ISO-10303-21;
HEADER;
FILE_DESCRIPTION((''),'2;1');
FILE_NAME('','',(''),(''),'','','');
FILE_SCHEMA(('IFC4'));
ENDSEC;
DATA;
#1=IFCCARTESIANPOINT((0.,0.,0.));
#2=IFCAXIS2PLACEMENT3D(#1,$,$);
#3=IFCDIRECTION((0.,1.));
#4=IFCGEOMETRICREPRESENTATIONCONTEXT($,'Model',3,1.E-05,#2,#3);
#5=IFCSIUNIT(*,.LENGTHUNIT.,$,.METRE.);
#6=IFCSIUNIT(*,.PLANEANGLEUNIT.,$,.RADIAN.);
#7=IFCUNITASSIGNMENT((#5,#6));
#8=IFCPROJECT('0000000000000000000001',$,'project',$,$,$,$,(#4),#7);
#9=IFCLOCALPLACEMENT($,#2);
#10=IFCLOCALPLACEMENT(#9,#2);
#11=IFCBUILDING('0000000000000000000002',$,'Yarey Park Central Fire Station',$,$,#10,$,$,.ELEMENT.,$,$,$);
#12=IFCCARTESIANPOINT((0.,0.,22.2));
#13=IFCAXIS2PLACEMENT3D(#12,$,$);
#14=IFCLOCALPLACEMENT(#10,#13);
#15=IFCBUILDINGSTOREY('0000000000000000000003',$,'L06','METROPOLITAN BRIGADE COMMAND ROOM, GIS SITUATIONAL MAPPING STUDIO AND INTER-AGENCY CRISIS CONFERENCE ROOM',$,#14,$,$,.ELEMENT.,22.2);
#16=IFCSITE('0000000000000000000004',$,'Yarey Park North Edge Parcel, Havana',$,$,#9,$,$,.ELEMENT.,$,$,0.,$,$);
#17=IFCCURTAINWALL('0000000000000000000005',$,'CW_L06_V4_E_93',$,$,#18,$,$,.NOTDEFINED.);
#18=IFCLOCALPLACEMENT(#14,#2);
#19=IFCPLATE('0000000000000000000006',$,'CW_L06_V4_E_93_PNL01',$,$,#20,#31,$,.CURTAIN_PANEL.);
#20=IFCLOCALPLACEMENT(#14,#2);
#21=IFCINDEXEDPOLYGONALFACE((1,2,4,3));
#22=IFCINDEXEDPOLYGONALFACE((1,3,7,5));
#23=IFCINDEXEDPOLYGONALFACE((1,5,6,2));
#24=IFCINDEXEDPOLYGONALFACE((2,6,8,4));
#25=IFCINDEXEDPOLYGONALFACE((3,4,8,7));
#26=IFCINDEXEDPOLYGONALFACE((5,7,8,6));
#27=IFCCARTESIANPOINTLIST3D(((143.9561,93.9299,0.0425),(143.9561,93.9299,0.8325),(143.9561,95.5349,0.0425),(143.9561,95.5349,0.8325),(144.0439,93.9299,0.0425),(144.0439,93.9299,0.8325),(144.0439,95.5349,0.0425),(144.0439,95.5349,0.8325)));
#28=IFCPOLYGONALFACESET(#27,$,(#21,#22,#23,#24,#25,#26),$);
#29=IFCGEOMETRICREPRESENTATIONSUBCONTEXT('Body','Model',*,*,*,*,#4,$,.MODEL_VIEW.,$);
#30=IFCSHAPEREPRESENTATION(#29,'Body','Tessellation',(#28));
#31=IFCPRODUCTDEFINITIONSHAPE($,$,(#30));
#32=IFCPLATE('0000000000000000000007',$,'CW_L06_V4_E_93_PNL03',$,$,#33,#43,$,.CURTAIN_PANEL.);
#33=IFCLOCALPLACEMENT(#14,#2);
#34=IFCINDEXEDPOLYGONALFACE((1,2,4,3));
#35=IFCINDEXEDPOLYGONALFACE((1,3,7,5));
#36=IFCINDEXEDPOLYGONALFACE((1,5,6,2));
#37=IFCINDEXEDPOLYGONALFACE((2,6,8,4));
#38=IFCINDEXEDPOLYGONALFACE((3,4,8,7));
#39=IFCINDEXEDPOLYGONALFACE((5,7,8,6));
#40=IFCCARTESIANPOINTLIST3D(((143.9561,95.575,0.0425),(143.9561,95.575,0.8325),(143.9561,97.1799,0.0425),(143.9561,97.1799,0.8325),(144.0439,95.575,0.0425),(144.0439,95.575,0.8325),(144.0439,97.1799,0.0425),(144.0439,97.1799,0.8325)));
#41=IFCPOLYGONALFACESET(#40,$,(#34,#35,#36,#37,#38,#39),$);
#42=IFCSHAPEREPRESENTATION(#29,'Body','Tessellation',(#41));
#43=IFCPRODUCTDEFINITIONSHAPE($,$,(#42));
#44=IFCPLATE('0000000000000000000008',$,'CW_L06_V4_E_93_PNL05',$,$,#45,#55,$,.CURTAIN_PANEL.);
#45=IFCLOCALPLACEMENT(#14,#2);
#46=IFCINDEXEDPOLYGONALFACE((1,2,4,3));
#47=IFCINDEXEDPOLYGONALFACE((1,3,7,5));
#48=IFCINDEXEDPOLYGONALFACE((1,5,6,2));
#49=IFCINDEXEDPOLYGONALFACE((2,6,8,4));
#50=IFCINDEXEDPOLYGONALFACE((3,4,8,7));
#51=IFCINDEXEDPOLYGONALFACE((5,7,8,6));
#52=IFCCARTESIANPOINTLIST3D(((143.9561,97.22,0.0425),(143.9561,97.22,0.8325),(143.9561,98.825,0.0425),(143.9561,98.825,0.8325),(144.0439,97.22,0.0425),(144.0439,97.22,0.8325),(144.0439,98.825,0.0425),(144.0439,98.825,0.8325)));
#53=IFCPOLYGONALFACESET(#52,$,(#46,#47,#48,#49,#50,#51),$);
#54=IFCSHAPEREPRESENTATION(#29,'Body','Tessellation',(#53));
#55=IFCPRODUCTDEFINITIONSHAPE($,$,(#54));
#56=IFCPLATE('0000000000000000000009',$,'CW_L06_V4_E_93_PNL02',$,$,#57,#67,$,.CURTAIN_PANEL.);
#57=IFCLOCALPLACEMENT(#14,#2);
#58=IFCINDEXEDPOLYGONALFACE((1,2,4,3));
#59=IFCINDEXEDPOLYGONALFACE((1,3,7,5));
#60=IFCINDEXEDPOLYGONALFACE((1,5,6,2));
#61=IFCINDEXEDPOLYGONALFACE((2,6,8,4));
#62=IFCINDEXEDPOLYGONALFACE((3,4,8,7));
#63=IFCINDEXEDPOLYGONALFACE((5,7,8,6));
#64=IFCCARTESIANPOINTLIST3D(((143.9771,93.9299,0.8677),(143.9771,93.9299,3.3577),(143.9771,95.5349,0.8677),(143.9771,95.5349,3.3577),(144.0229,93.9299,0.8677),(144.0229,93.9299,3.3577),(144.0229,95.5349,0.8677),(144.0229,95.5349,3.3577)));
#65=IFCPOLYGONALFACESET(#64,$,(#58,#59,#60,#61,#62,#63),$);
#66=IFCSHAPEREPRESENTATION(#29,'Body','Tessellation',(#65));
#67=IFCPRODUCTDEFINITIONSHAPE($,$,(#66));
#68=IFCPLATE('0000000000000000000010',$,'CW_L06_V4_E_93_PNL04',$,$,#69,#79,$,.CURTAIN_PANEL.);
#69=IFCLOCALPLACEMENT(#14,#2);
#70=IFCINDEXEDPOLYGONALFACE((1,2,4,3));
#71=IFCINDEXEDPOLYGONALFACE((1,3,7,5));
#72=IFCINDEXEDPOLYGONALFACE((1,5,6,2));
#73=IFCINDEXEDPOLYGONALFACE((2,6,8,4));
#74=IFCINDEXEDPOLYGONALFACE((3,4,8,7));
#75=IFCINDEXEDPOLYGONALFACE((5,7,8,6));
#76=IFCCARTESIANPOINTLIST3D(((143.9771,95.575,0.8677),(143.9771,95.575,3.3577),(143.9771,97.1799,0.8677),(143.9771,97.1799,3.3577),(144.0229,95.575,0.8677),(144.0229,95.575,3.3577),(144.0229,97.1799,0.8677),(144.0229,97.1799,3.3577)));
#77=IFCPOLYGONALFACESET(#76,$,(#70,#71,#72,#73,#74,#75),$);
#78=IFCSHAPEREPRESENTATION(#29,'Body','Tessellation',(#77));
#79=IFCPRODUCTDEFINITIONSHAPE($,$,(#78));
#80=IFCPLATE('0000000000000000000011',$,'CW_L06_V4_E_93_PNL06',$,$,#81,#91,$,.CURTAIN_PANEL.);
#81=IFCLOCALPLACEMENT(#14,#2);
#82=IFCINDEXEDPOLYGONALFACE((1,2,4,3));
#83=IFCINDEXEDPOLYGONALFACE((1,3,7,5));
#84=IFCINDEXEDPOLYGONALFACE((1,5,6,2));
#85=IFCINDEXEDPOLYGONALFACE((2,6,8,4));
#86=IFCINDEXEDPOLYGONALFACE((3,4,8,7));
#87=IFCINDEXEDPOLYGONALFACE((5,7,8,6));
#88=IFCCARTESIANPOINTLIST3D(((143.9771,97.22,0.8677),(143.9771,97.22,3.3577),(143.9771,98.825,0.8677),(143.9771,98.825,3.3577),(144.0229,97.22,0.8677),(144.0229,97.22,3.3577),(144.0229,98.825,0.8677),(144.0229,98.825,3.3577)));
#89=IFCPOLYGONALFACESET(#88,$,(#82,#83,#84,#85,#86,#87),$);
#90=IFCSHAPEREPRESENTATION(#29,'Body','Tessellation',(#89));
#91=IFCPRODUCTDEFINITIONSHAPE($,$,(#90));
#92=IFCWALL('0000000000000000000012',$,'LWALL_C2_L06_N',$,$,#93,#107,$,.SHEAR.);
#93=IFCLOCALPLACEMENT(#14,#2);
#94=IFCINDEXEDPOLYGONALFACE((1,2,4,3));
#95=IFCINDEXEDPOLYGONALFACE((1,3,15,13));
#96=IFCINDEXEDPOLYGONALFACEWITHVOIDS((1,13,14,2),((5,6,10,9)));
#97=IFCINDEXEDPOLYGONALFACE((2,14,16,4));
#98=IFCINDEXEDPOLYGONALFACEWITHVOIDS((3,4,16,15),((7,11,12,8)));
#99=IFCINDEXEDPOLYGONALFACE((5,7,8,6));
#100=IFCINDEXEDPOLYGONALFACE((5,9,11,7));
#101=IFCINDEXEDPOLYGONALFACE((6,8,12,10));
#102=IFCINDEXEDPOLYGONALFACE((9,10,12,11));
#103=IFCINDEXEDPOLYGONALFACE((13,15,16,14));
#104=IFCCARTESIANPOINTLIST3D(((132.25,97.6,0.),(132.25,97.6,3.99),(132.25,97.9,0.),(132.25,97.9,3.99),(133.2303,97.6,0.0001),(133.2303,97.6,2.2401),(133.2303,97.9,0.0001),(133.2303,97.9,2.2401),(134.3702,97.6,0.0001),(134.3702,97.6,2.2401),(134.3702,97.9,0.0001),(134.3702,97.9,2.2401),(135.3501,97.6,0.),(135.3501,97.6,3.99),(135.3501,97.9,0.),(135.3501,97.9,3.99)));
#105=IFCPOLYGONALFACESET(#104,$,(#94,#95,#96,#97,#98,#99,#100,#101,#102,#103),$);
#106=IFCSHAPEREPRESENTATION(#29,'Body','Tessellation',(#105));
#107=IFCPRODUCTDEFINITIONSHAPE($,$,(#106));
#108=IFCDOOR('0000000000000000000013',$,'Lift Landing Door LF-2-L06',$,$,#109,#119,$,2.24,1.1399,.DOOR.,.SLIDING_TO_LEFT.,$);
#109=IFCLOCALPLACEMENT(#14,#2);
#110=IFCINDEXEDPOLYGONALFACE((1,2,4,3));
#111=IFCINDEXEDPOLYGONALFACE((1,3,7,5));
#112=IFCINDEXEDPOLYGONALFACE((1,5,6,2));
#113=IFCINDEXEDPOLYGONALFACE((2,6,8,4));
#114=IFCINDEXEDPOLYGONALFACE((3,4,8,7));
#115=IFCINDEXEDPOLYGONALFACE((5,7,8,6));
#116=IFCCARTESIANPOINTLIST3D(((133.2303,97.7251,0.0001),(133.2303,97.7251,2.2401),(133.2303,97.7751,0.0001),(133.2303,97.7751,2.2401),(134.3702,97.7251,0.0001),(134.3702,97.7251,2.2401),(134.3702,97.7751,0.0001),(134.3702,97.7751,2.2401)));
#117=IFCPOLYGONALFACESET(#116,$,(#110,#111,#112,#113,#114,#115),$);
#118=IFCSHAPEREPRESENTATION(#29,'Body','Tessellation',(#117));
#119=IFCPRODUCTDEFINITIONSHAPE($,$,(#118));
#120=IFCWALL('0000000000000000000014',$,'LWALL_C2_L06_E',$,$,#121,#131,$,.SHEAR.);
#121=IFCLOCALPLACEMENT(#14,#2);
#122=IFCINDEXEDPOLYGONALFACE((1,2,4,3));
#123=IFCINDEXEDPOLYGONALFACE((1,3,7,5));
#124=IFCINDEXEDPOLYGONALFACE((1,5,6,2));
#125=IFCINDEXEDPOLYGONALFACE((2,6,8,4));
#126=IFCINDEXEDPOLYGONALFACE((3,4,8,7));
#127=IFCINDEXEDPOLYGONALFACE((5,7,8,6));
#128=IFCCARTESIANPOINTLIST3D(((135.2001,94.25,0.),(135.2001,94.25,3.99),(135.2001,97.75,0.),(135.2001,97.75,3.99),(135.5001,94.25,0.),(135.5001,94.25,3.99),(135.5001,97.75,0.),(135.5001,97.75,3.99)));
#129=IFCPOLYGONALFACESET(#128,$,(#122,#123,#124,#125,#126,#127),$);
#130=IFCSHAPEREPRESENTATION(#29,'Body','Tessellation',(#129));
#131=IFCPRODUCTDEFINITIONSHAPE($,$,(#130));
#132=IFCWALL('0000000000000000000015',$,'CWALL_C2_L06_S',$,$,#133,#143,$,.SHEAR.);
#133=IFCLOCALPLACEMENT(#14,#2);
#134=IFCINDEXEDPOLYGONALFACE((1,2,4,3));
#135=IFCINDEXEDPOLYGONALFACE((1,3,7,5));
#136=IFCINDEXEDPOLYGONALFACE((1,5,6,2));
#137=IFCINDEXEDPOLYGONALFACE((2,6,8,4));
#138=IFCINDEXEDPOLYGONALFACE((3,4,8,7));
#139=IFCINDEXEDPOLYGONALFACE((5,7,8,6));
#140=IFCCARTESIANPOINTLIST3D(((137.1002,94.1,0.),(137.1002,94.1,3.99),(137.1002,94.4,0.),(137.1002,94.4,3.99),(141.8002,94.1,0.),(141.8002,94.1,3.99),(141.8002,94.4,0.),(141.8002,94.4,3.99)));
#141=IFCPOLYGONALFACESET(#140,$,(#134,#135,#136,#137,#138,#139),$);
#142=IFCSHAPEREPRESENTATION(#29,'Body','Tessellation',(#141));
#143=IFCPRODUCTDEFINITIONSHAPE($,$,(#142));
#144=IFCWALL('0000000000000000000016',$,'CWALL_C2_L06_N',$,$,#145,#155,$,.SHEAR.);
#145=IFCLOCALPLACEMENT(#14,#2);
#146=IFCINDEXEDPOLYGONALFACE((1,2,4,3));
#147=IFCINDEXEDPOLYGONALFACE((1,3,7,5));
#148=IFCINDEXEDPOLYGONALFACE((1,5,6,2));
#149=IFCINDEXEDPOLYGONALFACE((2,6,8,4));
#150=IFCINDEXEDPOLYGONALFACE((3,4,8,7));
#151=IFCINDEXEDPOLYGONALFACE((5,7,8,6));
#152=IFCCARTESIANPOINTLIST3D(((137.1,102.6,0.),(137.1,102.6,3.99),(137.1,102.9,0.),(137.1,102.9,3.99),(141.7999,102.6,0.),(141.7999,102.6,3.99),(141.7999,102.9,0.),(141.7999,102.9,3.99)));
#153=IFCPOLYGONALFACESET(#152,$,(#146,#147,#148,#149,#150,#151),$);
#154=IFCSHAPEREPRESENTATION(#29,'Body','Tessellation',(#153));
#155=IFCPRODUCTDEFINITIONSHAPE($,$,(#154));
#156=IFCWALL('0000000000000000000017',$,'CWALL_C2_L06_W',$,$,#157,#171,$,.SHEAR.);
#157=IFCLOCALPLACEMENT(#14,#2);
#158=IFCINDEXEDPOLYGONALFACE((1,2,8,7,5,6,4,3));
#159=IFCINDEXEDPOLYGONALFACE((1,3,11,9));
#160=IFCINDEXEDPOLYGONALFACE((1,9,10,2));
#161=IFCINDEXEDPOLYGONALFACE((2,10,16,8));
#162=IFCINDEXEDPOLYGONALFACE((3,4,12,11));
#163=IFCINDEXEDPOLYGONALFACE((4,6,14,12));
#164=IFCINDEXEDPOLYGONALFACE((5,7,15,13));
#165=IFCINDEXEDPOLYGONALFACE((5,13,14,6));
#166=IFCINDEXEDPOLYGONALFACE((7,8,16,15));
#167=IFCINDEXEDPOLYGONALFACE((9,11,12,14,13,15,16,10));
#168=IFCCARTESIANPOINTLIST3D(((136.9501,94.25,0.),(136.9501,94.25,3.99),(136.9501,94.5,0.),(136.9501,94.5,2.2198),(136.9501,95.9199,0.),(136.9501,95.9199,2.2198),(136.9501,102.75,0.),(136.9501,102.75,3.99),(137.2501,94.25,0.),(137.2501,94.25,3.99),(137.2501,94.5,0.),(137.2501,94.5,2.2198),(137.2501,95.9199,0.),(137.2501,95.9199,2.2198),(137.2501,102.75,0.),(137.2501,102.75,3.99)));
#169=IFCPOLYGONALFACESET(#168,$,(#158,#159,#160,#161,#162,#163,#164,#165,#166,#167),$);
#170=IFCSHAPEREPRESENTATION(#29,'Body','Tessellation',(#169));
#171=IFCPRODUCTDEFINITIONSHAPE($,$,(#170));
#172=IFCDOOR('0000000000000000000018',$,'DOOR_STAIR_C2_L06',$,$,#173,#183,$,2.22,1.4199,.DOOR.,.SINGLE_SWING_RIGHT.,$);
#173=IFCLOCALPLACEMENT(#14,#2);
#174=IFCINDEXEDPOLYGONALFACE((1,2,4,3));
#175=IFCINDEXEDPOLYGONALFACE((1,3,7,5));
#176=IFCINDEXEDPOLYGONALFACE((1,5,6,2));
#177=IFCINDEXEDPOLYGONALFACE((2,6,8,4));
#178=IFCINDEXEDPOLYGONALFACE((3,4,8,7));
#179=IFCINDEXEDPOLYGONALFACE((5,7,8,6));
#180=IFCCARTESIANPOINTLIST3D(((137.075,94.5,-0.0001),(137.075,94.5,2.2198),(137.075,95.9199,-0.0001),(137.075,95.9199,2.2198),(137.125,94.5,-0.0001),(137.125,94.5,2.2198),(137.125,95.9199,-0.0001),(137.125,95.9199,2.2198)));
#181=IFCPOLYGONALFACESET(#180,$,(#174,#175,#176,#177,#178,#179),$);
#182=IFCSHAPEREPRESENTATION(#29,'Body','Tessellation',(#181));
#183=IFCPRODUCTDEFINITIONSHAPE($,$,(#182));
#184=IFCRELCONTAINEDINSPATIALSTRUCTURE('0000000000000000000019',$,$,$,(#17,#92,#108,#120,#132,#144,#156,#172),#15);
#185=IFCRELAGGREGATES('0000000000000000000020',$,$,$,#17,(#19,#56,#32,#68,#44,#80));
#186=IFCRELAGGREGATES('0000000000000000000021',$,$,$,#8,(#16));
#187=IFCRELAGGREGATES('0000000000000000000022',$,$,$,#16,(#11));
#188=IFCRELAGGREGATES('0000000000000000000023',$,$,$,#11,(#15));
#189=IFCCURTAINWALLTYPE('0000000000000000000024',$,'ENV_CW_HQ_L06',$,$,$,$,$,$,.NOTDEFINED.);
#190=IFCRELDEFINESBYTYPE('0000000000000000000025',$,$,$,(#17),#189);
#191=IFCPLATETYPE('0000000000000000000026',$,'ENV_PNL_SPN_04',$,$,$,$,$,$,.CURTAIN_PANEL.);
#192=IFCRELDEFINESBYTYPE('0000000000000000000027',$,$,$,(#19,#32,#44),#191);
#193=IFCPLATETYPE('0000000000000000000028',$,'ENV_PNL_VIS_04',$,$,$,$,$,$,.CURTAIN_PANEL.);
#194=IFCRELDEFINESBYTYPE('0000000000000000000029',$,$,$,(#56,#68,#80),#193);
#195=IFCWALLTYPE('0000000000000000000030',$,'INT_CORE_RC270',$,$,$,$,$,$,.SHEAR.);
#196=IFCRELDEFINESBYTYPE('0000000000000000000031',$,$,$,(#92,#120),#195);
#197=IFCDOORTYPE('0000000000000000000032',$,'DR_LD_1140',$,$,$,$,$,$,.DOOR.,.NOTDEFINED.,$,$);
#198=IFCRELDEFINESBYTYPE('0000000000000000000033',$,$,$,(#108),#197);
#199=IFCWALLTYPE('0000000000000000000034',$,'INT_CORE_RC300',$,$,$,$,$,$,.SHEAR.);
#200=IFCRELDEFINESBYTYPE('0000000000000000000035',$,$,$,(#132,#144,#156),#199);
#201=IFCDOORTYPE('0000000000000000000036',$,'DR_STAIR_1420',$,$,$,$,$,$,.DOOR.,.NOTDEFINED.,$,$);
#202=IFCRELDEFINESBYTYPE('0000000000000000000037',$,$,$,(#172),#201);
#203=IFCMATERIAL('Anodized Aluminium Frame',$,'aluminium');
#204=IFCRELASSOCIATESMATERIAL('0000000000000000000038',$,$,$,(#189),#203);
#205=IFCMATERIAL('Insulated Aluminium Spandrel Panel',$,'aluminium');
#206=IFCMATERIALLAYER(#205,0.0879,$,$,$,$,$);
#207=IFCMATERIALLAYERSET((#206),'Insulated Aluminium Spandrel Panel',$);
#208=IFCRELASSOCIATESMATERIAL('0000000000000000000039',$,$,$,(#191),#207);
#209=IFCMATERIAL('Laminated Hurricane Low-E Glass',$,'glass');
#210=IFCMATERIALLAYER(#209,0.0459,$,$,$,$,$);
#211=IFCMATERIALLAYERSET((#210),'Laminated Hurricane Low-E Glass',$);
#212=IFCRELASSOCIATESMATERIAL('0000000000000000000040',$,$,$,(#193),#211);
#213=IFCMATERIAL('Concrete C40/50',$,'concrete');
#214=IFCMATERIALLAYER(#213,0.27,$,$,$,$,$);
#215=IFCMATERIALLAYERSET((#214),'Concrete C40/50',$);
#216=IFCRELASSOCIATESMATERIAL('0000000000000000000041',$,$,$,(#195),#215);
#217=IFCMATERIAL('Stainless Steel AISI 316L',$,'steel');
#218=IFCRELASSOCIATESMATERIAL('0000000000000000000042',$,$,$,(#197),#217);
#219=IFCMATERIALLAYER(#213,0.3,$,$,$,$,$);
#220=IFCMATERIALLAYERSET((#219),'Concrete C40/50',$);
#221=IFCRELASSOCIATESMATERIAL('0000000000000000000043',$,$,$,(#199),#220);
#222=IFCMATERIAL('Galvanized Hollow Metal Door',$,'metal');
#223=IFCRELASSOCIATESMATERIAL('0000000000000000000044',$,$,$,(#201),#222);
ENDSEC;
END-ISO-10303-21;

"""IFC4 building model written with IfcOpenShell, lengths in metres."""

from ifc_helpers import new_model, si_unit, direction, frame, frame_2d, origin, origin_2d, place, context, subcontext, project, spatial, rectangle, extrude, material, layer, layer_set, type_object, element, fill, aggregate, save


model = new_model("IFC4")

# Units and contexts
model_context = context("Model", 3, precision=1e-05, world=origin(), true_north=direction((0.0, 1.0)))
body_context = subcontext(model_context, "Body", "Model", "MODEL_VIEW")
ifc_project = project(units=[si_unit("LENGTHUNIT", "METRE"), si_unit("PLANEANGLEUNIT", "RADIAN")], contexts=[model_context])

# Site, building, storey
site_placement = place(None, origin())
site = spatial("IfcSite", under=ifc_project, at=site_placement, Name="Yarey Park North Edge Parcel, Havana", CompositionType="ELEMENT", RefElevation=0.0)
building_placement = place(site_placement, origin())
building = spatial("IfcBuilding", under=site, at=building_placement, Name="Yarey Park Central Fire Station", CompositionType="ELEMENT")
storey_placement = place(building_placement, frame((0.0, 0.0, 22.2)))
storey = spatial("IfcBuildingStorey", under=building, at=storey_placement, Name="L06", Description="METROPOLITAN BRIGADE COMMAND ROOM, GIS SITUATIONAL MAPPING STUDIO AND INTER-AGENCY CRISIS CONFERENCE ROOM", CompositionType="ELEMENT", Elevation=22.2)

# Shared definitions
ifc_material_1 = material(Name="Concrete C40/50", Category="concrete")

# Curtain wall
ifc_material_2 = material(Name="Anodized Aluminium Frame", Category="aluminium")
curtain_wall_type = type_object("IfcCurtainWallType", Name="ENV_CW_HQ_L06", PredefinedType="NOTDEFINED", material=ifc_material_2)
curtain_wall_placement = place(storey_placement, origin())
curtain_wall = element("IfcCurtainWall", 1, at=curtain_wall_placement, inside=storey, type_object=curtain_wall_type, Name="CW_L06_V4_E_93", PredefinedType="NOTDEFINED")

# Plates
ifc_material_3 = material(Name="Insulated Aluminium Spandrel Panel", Category="aluminium")
ifc_layer_1 = layer(ifc_material_3, 0.0879)
ifc_layer_set_1 = layer_set([ifc_layer_1], Name="Insulated Aluminium Spandrel Panel")
plate_type_1 = type_object("IfcPlateType", Name="ENV_PNL_SPN_04", PredefinedType="CURTAIN_PANEL", material=ifc_layer_set_1)
plate_1_placement = place(storey_placement, frame((144.0, 94.7324, 0.0425), z_axis=(0.0, 0.0, 1.0), x_axis=(0.0, 1.0, 0.0)))
plate_1 = element("IfcPlate", 2, at=plate_1_placement, type_object=plate_type_1, Name="CW_L06_V4_E_93_PNL01", PredefinedType="CURTAIN_PANEL", context=body_context, shape_type="SweptSolid", body=[
    extrude(rectangle(XDim=1.605, YDim=0.0879, at=origin_2d()), origin(), (0.0, 0.0, 1.0), 0.79),
])
plate_2_placement = place(storey_placement, frame((144.0, 96.3774, 0.0425), z_axis=(0.0, 0.0, 1.0), x_axis=(0.0, 1.0, 0.0)))
plate_2 = element("IfcPlate", 3, at=plate_2_placement, type_object=plate_type_1, Name="CW_L06_V4_E_93_PNL03", PredefinedType="CURTAIN_PANEL", context=body_context, shape_type="SweptSolid", body=[
    extrude(rectangle(XDim=1.605, YDim=0.0879, at=origin_2d()), origin(), (0.0, 0.0, 1.0), 0.79),
])
plate_3_placement = place(storey_placement, frame((144.0, 98.0225, 0.0425), z_axis=(0.0, 0.0, 1.0), x_axis=(0.0, 1.0, 0.0)))
plate_3 = element("IfcPlate", 4, at=plate_3_placement, type_object=plate_type_1, Name="CW_L06_V4_E_93_PNL05", PredefinedType="CURTAIN_PANEL", context=body_context, shape_type="SweptSolid", body=[
    extrude(rectangle(XDim=1.605, YDim=0.0879, at=origin_2d()), origin(), (0.0, 0.0, 1.0), 0.79),
])
ifc_material_4 = material(Name="Laminated Hurricane Low-E Glass", Category="glass")
ifc_layer_2 = layer(ifc_material_4, 0.0459)
ifc_layer_set_2 = layer_set([ifc_layer_2], Name="Laminated Hurricane Low-E Glass")
plate_type_2 = type_object("IfcPlateType", Name="ENV_PNL_VIS_04", PredefinedType="CURTAIN_PANEL", material=ifc_layer_set_2)
plate_4_placement = place(storey_placement, frame((144.0, 94.7324, 0.8677), z_axis=(0.0, 0.0, 1.0), x_axis=(0.0, 1.0, 0.0)))
plate_4 = element("IfcPlate", 5, at=plate_4_placement, type_object=plate_type_2, Name="CW_L06_V4_E_93_PNL02", PredefinedType="CURTAIN_PANEL", context=body_context, shape_type="SweptSolid", body=[
    extrude(rectangle(XDim=1.605, YDim=0.0459, at=origin_2d()), origin(), (0.0, 0.0, 1.0), 2.49),
])
plate_5_placement = place(storey_placement, frame((144.0, 96.3774, 0.8677), z_axis=(0.0, 0.0, 1.0), x_axis=(0.0, 1.0, 0.0)))
plate_5 = element("IfcPlate", 6, at=plate_5_placement, type_object=plate_type_2, Name="CW_L06_V4_E_93_PNL04", PredefinedType="CURTAIN_PANEL", context=body_context, shape_type="SweptSolid", body=[
    extrude(rectangle(XDim=1.605, YDim=0.0459, at=origin_2d()), origin(), (0.0, 0.0, 1.0), 2.49),
])
plate_6_placement = place(storey_placement, frame((144.0, 98.0225, 0.8677), z_axis=(0.0, 0.0, 1.0), x_axis=(0.0, 1.0, 0.0)))
plate_6 = element("IfcPlate", 7, at=plate_6_placement, type_object=plate_type_2, Name="CW_L06_V4_E_93_PNL06", PredefinedType="CURTAIN_PANEL", context=body_context, shape_type="SweptSolid", body=[
    extrude(rectangle(XDim=1.605, YDim=0.0459, at=origin_2d()), origin(), (0.0, 0.0, 1.0), 2.49),
])
aggregate(curtain_wall, [plate_1, plate_4, plate_2, plate_5, plate_3, plate_6])

# Wall, opening, door
ifc_layer_3 = layer(ifc_material_1, 0.27)
ifc_layer_set_3 = layer_set([ifc_layer_3], Name="Concrete C40/50")
wall_type_1 = type_object("IfcWallType", Name="INT_CORE_RC270", PredefinedType="SHEAR", material=ifc_layer_set_3)
wall_1_placement = place(storey_placement, frame((135.3501, 97.75, 0.0), z_axis=(0.0, 0.0, 1.0), x_axis=(-1.0, 0.0, 0.0)))
wall_1 = element("IfcWall", 8, at=wall_1_placement, inside=storey, type_object=wall_type_1, Name="LWALL_C2_L06_N", PredefinedType="SHEAR", context=body_context, shape_type="SweptSolid", body=[
    extrude(rectangle(XDim=3.1001, YDim=0.3, at=frame_2d((1.55, 0.0))), origin(), (0.0, 0.0, 1.0), 3.99),
])
opening_1_placement = place(wall_1_placement, frame((0.98, 0.0, 0.0)))
opening_1 = element("IfcOpeningElement", 9, at=opening_1_placement, cuts=wall_1, PredefinedType="OPENING", context=body_context, shape_type="SweptSolid", body=[
    extrude(rectangle(XDim=1.1399, YDim=2.24, at=frame_2d((0.5698, 1.1201))), frame((0.0, 0.1599, 0.0), z_axis=(0.0, -1.0, 0.0), x_axis=(1.0, 0.0, 0.0)), (0.0, 0.0, 1.0), 0.3201),
])
ifc_material_5 = material(Name="Stainless Steel AISI 316L", Category="steel")
door_type_1 = type_object("IfcDoorType", Name="DR_LD_1140", OperationType="NOTDEFINED", PredefinedType="DOOR", material=ifc_material_5)
door_1_placement = place(opening_1_placement, origin())
door_1 = element("IfcDoor", 10, at=door_1_placement, inside=storey, type_object=door_type_1, Name="Lift Landing Door LF-2-L06", OperationType="SLIDING_TO_LEFT", OverallHeight=2.24, OverallWidth=1.1399, PredefinedType="DOOR", context=body_context, shape_type="SweptSolid", body=[
    extrude(rectangle(XDim=1.1399, YDim=2.24, at=frame_2d((0.5698, 1.1201))), frame((0.0, 0.0249, 0.0), z_axis=(0.0, -1.0, 0.0), x_axis=(1.0, 0.0, 0.0)), (0.0, 0.0, 1.0), 0.05),
])
fill(opening_1, door_1)

# Walls
wall_2_placement = place(storey_placement, frame((135.3501, 94.25, 0.0), z_axis=(0.0, 0.0, 1.0), x_axis=(0.0, 1.0, 0.0)))
element("IfcWall", 11, at=wall_2_placement, inside=storey, type_object=wall_type_1, Name="LWALL_C2_L06_E", PredefinedType="SHEAR", context=body_context, shape_type="SweptSolid", body=[
    extrude(rectangle(XDim=3.5, YDim=0.3, at=frame_2d((1.75, 0.0))), origin(), (0.0, 0.0, 1.0), 3.99),
])
ifc_layer_4 = layer(ifc_material_1, 0.3)
ifc_layer_set_4 = layer_set([ifc_layer_4], Name="Concrete C40/50")
wall_type_2 = type_object("IfcWallType", Name="INT_CORE_RC300", PredefinedType="SHEAR", material=ifc_layer_set_4)
for number, where, z_axis, x_axis, name in (
    (12, (137.1001, 94.25, 0.0), (0.0, 0.0, 1.0), (1.0, 0.0, 0.0), "CWALL_C2_L06_S"),
    (13, (141.8, 102.75, 0.0), (0.0, 0.0, 1.0), (-1.0, 0.0, 0.0), "CWALL_C2_L06_N"),
):
    element("IfcWall", number, at=place(storey_placement, frame(where, z_axis=z_axis, x_axis=x_axis)), inside=storey, type_object=wall_type_2, Name=name, PredefinedType="SHEAR", context=body_context, shape_type="SweptSolid", body=[
        extrude(rectangle(XDim=4.7, YDim=0.3, at=frame_2d((2.3501, 0.0))), origin(), (0.0, 0.0, 1.0), 3.99),
    ])

# Wall, opening, door
wall_3_placement = place(storey_placement, frame((137.1001, 102.75, 0.0), z_axis=(0.0, 0.0, 1.0), x_axis=(0.0, -1.0, 0.0)))
wall_3 = element("IfcWall", 14, at=wall_3_placement, inside=storey, type_object=wall_type_2, Name="CWALL_C2_L06_W", PredefinedType="SHEAR", context=body_context, shape_type="SweptSolid", body=[
    extrude(rectangle(XDim=8.5, YDim=0.3, at=frame_2d((4.25, 0.0))), origin(), (0.0, 0.0, 1.0), 3.99),
])
opening_2_placement = place(wall_3_placement, frame((6.8301, 0.0, 0.0)))
opening_2 = element("IfcOpeningElement", 15, at=opening_2_placement, cuts=wall_3, PredefinedType="OPENING", context=body_context, shape_type="SweptSolid", body=[
    extrude(rectangle(XDim=1.4199, YDim=2.22, at=frame_2d((0.71, 1.1099))), frame((0.0, 0.1599, 0.0), z_axis=(0.0, -1.0, 0.0), x_axis=(1.0, 0.0, 0.0)), (0.0, 0.0, 1.0), 0.3201),
])
ifc_material_6 = material(Name="Galvanized Hollow Metal Door", Category="metal")
door_type_2 = type_object("IfcDoorType", Name="DR_STAIR_1420", OperationType="NOTDEFINED", PredefinedType="DOOR", material=ifc_material_6)
door_2_placement = place(opening_2_placement, origin())
door_2 = element("IfcDoor", 16, at=door_2_placement, inside=storey, type_object=door_type_2, Name="DOOR_STAIR_C2_L06", OperationType="SINGLE_SWING_RIGHT", OverallHeight=2.22, OverallWidth=1.4199, PredefinedType="DOOR", context=body_context, shape_type="SweptSolid", body=[
    extrude(rectangle(XDim=1.4199, YDim=2.22, at=frame_2d((0.71, 1.1099))), frame((0.0, 0.0249, 0.0), z_axis=(0.0, -1.0, 0.0), x_axis=(1.0, 0.0, 0.0)), (0.0, 0.0, 1.0), 0.05),
])
fill(opening_2, door_2)

save(model, "model.ifc")
